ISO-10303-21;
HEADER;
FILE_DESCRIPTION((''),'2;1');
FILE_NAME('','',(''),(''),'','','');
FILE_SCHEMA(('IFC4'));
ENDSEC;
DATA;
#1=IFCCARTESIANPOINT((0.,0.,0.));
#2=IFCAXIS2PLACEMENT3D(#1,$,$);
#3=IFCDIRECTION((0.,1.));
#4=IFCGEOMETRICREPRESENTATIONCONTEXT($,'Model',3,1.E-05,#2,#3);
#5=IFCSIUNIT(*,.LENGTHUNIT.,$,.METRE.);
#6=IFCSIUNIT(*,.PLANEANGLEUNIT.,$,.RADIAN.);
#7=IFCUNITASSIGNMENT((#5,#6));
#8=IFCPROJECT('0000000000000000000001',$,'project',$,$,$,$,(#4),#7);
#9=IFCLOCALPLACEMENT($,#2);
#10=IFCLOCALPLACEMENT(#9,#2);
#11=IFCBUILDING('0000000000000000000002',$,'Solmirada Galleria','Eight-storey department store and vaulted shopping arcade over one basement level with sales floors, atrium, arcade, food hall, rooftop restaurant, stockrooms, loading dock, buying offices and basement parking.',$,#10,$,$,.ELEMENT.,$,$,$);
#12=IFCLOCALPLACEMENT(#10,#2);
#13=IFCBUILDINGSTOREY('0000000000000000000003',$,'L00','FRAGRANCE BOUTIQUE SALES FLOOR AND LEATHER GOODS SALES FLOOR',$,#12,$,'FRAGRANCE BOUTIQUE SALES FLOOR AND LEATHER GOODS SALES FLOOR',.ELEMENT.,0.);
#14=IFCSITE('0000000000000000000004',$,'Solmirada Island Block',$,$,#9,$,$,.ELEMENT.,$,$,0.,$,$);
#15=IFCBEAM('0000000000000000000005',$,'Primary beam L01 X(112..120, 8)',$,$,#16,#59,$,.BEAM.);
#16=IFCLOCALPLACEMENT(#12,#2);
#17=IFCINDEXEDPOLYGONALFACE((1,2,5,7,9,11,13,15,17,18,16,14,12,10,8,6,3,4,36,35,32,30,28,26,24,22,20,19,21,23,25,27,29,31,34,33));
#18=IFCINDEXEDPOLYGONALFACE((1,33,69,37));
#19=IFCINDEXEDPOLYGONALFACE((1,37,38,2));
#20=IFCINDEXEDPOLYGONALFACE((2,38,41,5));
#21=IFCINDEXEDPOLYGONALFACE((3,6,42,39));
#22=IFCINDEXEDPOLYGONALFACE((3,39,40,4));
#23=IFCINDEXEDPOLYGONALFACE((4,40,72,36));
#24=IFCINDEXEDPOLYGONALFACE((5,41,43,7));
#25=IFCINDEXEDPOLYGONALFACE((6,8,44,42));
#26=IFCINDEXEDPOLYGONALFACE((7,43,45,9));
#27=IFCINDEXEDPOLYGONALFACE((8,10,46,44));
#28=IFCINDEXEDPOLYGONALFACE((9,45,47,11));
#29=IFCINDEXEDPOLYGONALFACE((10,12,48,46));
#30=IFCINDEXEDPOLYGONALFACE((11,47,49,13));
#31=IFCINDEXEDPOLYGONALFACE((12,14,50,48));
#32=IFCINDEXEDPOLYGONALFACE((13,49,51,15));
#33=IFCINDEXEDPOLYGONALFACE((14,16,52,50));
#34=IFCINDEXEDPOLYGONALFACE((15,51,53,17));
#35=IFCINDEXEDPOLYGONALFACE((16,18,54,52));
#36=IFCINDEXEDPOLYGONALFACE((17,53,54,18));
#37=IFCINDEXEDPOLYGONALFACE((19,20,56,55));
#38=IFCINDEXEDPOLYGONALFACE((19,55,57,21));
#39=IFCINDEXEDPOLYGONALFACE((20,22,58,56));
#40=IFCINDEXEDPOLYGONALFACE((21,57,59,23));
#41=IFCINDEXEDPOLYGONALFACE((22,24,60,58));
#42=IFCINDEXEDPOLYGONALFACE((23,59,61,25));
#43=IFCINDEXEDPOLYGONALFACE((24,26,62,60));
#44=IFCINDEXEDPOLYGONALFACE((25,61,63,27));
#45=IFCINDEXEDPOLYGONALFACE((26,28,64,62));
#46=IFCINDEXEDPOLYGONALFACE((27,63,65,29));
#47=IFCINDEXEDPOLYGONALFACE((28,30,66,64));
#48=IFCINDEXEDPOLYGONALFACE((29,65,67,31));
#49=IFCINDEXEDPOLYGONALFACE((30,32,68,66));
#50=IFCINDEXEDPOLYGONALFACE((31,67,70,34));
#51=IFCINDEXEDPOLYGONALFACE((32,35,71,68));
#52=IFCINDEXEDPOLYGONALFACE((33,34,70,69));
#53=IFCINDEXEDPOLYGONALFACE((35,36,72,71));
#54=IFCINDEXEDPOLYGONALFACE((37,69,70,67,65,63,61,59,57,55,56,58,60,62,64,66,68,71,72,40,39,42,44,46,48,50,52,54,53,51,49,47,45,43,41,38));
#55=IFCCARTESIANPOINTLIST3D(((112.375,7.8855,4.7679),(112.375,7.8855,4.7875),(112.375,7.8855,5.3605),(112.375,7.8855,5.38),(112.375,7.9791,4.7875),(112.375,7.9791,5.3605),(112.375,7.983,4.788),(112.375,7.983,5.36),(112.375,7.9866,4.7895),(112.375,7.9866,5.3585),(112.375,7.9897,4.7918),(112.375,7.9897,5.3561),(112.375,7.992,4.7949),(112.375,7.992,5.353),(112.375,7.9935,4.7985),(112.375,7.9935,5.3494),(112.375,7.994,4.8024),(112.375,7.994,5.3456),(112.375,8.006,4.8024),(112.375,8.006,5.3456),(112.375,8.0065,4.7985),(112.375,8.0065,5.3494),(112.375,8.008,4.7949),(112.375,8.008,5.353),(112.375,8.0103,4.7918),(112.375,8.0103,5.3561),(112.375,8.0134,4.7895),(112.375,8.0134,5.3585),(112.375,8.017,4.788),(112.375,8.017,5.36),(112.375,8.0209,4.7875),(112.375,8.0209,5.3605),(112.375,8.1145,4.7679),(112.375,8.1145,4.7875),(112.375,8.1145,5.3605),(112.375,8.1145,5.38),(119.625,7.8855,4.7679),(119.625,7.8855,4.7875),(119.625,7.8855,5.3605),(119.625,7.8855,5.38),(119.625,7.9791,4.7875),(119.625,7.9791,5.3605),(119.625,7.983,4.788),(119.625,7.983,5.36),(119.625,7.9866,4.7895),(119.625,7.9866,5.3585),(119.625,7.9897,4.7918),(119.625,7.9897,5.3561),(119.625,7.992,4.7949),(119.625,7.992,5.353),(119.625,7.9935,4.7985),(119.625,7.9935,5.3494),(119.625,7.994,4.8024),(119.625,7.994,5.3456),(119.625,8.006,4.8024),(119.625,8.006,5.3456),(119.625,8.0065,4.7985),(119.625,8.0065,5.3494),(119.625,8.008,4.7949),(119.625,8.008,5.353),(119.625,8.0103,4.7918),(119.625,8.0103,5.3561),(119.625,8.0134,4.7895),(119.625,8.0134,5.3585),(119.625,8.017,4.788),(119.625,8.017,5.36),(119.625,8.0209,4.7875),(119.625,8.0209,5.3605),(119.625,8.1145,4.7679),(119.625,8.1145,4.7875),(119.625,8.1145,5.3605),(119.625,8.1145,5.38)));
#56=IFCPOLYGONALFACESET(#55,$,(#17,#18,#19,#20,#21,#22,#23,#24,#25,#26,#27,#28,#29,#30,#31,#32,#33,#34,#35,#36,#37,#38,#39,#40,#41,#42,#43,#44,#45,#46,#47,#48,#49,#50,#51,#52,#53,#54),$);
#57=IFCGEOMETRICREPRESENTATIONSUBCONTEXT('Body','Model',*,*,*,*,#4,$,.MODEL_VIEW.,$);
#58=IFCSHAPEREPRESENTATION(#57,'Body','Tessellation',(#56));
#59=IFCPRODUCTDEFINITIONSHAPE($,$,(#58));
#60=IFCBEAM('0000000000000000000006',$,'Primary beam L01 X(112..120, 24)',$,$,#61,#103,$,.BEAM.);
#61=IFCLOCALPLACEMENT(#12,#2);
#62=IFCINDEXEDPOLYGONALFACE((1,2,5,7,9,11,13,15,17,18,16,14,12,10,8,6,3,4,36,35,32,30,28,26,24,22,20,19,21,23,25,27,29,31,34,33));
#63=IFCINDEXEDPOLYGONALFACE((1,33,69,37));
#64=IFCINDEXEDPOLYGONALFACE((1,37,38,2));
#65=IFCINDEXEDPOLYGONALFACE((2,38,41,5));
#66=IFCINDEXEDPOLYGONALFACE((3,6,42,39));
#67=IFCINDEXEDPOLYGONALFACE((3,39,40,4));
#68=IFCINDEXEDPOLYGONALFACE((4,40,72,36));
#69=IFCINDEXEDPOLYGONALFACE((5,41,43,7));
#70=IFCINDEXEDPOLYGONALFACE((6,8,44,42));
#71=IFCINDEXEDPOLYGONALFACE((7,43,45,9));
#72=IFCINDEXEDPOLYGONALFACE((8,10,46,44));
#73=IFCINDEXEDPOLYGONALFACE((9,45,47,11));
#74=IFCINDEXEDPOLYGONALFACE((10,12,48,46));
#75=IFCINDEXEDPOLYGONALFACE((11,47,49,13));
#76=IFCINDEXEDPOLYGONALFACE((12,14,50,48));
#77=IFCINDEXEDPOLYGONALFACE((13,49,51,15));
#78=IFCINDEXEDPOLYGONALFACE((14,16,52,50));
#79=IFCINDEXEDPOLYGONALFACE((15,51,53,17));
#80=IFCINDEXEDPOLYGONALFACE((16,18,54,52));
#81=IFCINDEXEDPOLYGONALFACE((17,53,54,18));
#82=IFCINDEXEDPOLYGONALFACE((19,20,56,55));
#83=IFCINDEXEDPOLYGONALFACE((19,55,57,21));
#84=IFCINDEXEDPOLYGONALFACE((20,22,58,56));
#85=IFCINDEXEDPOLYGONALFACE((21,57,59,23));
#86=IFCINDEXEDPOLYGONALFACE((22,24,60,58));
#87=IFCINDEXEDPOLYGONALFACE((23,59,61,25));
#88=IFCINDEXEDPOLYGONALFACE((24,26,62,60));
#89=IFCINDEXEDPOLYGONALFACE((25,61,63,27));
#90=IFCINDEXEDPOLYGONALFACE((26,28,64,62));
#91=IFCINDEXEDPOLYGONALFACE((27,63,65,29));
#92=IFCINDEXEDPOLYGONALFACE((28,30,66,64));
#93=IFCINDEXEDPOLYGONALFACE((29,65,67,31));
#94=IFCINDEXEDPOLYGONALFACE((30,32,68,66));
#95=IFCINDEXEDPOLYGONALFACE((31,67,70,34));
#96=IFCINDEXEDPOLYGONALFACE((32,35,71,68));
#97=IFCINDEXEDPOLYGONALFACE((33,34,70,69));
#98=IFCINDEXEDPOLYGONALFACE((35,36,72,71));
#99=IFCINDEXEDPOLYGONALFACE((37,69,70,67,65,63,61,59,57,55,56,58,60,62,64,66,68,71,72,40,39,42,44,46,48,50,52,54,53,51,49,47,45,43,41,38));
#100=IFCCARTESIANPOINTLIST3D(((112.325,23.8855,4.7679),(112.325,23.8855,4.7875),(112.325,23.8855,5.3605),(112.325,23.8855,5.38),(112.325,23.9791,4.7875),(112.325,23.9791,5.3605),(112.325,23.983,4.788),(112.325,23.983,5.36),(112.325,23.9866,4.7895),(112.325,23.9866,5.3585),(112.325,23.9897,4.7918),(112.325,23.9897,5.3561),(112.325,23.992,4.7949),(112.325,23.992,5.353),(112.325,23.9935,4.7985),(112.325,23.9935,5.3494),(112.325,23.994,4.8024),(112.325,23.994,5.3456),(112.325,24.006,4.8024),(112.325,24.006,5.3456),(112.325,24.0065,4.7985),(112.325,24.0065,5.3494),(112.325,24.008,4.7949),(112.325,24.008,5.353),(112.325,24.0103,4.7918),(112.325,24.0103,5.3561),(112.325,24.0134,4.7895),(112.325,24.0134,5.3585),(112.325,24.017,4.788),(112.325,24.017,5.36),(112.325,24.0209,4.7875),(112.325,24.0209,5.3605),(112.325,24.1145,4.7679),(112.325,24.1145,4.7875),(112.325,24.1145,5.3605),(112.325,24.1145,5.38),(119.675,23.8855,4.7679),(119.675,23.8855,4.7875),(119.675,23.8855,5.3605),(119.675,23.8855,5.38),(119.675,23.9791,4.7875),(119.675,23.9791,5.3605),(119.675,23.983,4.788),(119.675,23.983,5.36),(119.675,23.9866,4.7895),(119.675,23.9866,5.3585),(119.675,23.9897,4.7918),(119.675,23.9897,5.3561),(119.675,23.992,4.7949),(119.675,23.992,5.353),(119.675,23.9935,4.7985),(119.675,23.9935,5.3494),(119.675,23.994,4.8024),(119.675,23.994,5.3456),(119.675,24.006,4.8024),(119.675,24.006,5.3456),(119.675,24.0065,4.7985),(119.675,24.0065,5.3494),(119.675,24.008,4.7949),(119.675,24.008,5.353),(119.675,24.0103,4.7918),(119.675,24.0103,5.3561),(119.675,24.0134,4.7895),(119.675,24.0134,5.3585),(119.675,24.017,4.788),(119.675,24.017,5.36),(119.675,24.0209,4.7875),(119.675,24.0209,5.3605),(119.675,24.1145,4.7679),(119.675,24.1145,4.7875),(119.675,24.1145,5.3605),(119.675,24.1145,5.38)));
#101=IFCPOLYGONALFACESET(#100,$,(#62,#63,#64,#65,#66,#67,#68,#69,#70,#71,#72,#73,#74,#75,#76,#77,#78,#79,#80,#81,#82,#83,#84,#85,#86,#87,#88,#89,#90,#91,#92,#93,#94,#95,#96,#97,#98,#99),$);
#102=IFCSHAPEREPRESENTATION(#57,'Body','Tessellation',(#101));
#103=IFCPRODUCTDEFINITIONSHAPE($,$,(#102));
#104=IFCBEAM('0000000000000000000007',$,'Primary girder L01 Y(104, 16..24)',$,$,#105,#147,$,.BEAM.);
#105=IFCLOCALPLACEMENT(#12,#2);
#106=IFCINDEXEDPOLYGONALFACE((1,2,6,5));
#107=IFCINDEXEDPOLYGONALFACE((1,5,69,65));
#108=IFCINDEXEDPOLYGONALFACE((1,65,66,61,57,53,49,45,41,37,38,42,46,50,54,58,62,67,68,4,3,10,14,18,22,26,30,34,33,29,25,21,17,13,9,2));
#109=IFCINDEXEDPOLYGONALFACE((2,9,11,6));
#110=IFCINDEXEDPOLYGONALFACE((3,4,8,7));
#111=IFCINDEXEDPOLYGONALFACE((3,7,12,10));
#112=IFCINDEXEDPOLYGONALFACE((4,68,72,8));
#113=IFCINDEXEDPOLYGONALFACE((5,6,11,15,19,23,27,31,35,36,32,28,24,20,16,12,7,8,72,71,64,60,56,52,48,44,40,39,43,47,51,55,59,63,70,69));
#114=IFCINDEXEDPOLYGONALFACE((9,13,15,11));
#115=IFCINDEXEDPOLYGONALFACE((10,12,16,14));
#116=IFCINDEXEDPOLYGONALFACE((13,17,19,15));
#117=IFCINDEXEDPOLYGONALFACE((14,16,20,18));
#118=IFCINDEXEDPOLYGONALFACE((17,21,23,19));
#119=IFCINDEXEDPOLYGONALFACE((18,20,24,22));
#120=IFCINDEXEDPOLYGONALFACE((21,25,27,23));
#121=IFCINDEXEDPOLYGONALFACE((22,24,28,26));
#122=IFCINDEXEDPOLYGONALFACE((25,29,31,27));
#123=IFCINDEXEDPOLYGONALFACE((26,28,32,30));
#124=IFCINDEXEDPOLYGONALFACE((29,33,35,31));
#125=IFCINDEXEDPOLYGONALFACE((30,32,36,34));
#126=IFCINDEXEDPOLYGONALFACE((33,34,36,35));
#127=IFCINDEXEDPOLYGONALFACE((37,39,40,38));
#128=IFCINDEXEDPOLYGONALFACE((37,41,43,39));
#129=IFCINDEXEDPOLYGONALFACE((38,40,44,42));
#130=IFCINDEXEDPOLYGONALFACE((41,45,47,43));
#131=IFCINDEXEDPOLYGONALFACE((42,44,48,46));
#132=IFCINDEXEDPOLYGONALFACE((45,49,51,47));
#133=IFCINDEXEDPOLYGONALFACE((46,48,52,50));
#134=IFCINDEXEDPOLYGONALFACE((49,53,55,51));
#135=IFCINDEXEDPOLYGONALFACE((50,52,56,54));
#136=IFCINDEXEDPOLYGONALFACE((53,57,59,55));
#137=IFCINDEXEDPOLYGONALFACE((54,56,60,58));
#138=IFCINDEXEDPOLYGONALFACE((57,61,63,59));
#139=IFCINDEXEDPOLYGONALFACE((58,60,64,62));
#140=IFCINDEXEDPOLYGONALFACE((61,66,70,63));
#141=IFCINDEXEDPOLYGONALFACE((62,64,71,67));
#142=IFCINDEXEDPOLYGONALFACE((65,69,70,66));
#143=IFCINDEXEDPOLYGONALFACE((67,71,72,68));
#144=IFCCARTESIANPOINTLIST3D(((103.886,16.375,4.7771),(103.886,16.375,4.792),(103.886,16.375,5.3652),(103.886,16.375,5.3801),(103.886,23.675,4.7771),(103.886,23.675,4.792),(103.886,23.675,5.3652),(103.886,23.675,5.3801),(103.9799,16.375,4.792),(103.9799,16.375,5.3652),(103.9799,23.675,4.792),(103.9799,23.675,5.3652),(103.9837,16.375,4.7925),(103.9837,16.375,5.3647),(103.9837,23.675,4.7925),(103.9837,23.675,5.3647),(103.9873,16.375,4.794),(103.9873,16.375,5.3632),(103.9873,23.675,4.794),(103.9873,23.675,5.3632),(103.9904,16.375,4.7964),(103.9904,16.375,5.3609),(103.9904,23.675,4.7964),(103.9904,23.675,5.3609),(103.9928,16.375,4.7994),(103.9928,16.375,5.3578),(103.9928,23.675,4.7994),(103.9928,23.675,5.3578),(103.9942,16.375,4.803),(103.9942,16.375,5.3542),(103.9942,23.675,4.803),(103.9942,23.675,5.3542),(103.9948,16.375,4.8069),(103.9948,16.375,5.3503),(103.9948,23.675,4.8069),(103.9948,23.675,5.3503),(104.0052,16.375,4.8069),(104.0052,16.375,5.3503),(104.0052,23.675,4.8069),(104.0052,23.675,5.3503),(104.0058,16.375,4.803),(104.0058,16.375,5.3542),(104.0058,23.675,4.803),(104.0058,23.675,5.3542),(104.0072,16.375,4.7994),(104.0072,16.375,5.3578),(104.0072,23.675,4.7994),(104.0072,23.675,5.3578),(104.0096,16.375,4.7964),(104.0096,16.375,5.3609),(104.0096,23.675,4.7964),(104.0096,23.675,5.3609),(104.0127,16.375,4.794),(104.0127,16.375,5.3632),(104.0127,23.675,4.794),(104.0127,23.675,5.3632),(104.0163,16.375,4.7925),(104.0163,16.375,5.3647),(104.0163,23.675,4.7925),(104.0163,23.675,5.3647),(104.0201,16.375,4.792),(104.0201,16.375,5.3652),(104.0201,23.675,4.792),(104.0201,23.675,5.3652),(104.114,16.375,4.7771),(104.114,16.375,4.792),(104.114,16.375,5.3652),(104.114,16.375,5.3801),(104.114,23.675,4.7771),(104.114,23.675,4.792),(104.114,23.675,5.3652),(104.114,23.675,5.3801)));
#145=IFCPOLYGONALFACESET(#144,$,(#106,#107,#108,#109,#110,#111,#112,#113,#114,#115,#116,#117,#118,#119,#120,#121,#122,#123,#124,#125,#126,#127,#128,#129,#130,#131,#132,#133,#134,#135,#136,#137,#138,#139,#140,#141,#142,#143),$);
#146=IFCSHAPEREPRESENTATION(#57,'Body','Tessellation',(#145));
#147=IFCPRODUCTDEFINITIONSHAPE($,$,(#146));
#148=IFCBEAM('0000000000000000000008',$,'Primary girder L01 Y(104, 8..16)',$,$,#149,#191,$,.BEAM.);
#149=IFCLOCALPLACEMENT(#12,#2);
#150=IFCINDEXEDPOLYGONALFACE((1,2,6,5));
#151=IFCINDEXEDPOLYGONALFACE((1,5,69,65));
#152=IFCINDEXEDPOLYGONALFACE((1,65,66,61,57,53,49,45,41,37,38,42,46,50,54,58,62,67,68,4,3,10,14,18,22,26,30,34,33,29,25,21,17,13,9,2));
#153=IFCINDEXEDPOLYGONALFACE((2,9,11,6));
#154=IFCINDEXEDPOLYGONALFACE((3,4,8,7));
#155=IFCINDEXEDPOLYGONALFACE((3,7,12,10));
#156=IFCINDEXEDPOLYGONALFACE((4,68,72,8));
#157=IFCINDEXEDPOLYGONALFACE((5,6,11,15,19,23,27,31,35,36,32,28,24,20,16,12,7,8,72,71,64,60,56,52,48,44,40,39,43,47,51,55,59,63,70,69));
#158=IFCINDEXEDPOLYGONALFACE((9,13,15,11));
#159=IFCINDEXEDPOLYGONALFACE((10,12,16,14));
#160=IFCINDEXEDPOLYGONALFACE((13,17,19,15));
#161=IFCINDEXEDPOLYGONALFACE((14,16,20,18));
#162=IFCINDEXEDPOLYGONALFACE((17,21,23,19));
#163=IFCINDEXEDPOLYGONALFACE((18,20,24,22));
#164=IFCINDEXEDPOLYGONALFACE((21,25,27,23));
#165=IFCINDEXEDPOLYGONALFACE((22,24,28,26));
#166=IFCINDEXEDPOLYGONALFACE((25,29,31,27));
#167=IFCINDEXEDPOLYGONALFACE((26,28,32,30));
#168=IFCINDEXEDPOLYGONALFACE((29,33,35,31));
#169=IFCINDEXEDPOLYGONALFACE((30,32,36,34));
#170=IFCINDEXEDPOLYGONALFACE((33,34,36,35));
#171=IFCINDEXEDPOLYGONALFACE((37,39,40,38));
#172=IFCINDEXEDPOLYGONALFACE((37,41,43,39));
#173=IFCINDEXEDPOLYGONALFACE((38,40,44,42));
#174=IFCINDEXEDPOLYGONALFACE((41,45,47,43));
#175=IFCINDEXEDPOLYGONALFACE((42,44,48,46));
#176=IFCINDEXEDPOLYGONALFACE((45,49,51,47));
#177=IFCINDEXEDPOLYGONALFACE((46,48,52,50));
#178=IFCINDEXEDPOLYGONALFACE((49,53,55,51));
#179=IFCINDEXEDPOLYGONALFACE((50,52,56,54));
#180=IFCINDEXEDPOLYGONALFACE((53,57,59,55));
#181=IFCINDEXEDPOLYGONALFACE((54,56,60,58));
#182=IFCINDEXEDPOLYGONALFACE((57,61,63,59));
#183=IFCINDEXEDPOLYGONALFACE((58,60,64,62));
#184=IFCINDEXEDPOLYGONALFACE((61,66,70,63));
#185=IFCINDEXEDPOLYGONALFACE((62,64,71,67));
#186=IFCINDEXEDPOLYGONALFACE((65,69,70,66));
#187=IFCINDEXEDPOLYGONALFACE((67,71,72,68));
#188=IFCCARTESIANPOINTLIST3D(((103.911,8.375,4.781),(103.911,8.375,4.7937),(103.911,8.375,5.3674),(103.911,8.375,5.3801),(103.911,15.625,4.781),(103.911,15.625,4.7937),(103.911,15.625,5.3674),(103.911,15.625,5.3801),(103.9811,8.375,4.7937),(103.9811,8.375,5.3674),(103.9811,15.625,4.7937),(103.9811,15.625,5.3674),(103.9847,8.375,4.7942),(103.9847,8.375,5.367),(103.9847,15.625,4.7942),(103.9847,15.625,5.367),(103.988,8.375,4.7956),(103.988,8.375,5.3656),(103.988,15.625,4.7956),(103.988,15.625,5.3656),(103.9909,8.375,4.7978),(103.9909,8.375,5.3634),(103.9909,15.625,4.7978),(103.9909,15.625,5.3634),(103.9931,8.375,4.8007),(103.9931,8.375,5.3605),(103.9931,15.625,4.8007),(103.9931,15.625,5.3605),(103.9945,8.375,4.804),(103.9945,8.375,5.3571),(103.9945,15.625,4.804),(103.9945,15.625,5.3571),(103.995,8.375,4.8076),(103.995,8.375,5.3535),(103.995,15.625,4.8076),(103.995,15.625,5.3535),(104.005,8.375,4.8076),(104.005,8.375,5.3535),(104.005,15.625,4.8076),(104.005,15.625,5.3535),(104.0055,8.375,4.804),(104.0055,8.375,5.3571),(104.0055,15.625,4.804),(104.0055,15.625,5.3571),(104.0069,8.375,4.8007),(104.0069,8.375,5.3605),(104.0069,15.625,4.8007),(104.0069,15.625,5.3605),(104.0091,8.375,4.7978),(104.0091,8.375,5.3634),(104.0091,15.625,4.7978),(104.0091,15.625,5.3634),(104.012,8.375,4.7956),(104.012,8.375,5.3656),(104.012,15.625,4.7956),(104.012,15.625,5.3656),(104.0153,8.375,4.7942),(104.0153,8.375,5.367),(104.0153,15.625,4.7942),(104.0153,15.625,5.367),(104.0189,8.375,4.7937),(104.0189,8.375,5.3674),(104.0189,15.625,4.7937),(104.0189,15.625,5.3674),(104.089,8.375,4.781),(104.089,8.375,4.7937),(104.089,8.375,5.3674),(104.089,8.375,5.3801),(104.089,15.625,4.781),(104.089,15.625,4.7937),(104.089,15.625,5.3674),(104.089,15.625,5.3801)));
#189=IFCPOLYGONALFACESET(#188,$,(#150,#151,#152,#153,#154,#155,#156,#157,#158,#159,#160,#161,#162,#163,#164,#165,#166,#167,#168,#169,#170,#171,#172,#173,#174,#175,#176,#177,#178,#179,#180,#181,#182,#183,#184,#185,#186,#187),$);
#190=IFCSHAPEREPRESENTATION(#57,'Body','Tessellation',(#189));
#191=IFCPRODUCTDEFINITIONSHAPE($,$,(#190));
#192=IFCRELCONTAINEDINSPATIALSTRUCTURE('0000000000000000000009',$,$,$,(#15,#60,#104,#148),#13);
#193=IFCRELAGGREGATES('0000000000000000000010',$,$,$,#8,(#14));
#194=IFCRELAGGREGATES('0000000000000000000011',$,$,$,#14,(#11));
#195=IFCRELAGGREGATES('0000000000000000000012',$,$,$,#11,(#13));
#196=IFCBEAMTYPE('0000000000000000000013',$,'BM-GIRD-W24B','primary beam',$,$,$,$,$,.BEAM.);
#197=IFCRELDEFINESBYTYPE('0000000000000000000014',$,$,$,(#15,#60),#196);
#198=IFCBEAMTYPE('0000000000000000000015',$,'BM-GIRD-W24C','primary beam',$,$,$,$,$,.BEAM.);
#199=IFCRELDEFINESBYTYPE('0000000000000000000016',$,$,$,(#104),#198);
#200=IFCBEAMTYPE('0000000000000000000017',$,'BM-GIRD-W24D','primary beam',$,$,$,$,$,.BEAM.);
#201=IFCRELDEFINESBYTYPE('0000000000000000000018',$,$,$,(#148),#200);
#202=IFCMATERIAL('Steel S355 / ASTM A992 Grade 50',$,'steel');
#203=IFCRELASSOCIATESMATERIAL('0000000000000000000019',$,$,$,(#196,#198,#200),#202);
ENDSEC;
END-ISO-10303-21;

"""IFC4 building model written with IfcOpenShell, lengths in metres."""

from ifc_helpers import new_model, si_unit, direction, frame, origin, origin_2d, place, context, subcontext, project, spatial, i_section, extrude, material, material_profile, profile_set, type_object, element, save


model = new_model("IFC4")

# Units and contexts
model_context = context("Model", 3, precision=1e-05, world=origin(), true_north=direction((0.0, 1.0)))
body_context = subcontext(model_context, "Body", "Model", "MODEL_VIEW")
ifc_project = project(units=[si_unit("LENGTHUNIT", "METRE"), si_unit("PLANEANGLEUNIT", "RADIAN")], contexts=[model_context])

# Site, building, storey
site_placement = place(None, origin())
site = spatial("IfcSite", under=ifc_project, at=site_placement, Name="Solmirada Island Block", CompositionType="ELEMENT", RefElevation=0.0)
building_placement = place(site_placement, origin())
building = spatial("IfcBuilding", under=site, at=building_placement, Name="Solmirada Galleria", Description="Eight-storey department store and vaulted shopping arcade over one basement level with sales floors, atrium, arcade, food hall, rooftop restaurant, stockrooms, loading dock, buying offices and basement parking.", CompositionType="ELEMENT")
storey_placement = place(building_placement, origin())
storey = spatial("IfcBuildingStorey", under=building, at=storey_placement, Name="L00", Description="FRAGRANCE BOUTIQUE SALES FLOOR AND LEATHER GOODS SALES FLOOR", LongName="FRAGRANCE BOUTIQUE SALES FLOOR AND LEATHER GOODS SALES FLOOR", CompositionType="ELEMENT", Elevation=0.0)

# Beams
ifc_material_1 = material(Name="Steel S355 / ASTM A992 Grade 50", Category="steel")
ifc_material_profile_1 = material_profile(ifc_material_1, i_section(OverallWidth=0.229, OverallDepth=0.6121, WebThickness=0.012, FlangeThickness=0.0195, FilletRadius=0.0149, at=origin_2d()), Name="W24X84")
ifc_profile_set_1 = profile_set([ifc_material_profile_1], Name="Steel S355 / ASTM A992 Grade 50")
beam_type_1 = type_object("IfcBeamType", Name="BM-GIRD-W24B", Description="primary beam", PredefinedType="BEAM", material=ifc_profile_set_1)
beam_1_placement = place(storey_placement, frame((112.375, 8.0, 5.074), z_axis=(1.0, 0.0, 0.0), x_axis=(0.0, 1.0, 0.0)))
element("IfcBeam", 1, at=beam_1_placement, inside=storey, type_object=beam_type_1, Name="Primary beam L01 X(112..120, 8)", PredefinedType="BEAM", context=body_context, shape_type="SweptSolid", body=[
    extrude(i_section(OverallWidth=0.229, OverallDepth=0.6121, WebThickness=0.012, FlangeThickness=0.0195, FilletRadius=0.0149, at=origin_2d()), origin(), (0.0, 0.0, 1.0), 7.25),
])
beam_2_placement = place(storey_placement, frame((112.325, 24.0, 5.074), z_axis=(1.0, 0.0, 0.0), x_axis=(0.0, 1.0, 0.0)))
element("IfcBeam", 2, at=beam_2_placement, inside=storey, type_object=beam_type_1, Name="Primary beam L01 X(112..120, 24)", PredefinedType="BEAM", context=body_context, shape_type="SweptSolid", body=[
    extrude(i_section(OverallWidth=0.229, OverallDepth=0.6121, WebThickness=0.012, FlangeThickness=0.0195, FilletRadius=0.0149, at=origin_2d()), origin(), (0.0, 0.0, 1.0), 7.3501),
])
ifc_material_profile_2 = material_profile(ifc_material_1, i_section(OverallWidth=0.228, OverallDepth=0.603, WebThickness=0.0105, FlangeThickness=0.0149, FilletRadius=0.0149, at=origin_2d()), Name="W24X68")
ifc_profile_set_2 = profile_set([ifc_material_profile_2], Name="Steel S355 / ASTM A992 Grade 50")
beam_type_2 = type_object("IfcBeamType", Name="BM-GIRD-W24C", Description="primary beam", PredefinedType="BEAM", material=ifc_profile_set_2)
beam_3_placement = place(storey_placement, frame((104.0, 16.375, 5.0786), z_axis=(0.0, 1.0, 0.0), x_axis=(-1.0, 0.0, 0.0)))
element("IfcBeam", 3, at=beam_3_placement, inside=storey, type_object=beam_type_2, Name="Primary girder L01 Y(104, 16..24)", PredefinedType="BEAM", context=body_context, shape_type="SweptSolid", body=[
    extrude(i_section(OverallWidth=0.228, OverallDepth=0.603, WebThickness=0.0105, FlangeThickness=0.0149, FilletRadius=0.0149, at=origin_2d()), origin(), (0.0, 0.0, 1.0), 7.3),
])
ifc_material_profile_3 = material_profile(ifc_material_1, i_section(OverallWidth=0.178, OverallDepth=0.5991, WebThickness=0.01, FlangeThickness=0.0127, FilletRadius=0.0139, at=origin_2d()), Name="W24X55")
ifc_profile_set_3 = profile_set([ifc_material_profile_3], Name="Steel S355 / ASTM A992 Grade 50")
beam_type_3 = type_object("IfcBeamType", Name="BM-GIRD-W24D", Description="primary beam", PredefinedType="BEAM", material=ifc_profile_set_3)
beam_4_placement = place(storey_placement, frame((104.0, 8.375, 5.0806), z_axis=(0.0, 1.0, 0.0), x_axis=(-1.0, 0.0, 0.0)))
element("IfcBeam", 4, at=beam_4_placement, inside=storey, type_object=beam_type_3, Name="Primary girder L01 Y(104, 8..16)", PredefinedType="BEAM", context=body_context, shape_type="SweptSolid", body=[
    extrude(i_section(OverallWidth=0.178, OverallDepth=0.5991, WebThickness=0.01, FlangeThickness=0.0127, FilletRadius=0.0139, at=origin_2d()), origin(), (0.0, 0.0, 1.0), 7.25),
])

save(model, "model.ifc")
